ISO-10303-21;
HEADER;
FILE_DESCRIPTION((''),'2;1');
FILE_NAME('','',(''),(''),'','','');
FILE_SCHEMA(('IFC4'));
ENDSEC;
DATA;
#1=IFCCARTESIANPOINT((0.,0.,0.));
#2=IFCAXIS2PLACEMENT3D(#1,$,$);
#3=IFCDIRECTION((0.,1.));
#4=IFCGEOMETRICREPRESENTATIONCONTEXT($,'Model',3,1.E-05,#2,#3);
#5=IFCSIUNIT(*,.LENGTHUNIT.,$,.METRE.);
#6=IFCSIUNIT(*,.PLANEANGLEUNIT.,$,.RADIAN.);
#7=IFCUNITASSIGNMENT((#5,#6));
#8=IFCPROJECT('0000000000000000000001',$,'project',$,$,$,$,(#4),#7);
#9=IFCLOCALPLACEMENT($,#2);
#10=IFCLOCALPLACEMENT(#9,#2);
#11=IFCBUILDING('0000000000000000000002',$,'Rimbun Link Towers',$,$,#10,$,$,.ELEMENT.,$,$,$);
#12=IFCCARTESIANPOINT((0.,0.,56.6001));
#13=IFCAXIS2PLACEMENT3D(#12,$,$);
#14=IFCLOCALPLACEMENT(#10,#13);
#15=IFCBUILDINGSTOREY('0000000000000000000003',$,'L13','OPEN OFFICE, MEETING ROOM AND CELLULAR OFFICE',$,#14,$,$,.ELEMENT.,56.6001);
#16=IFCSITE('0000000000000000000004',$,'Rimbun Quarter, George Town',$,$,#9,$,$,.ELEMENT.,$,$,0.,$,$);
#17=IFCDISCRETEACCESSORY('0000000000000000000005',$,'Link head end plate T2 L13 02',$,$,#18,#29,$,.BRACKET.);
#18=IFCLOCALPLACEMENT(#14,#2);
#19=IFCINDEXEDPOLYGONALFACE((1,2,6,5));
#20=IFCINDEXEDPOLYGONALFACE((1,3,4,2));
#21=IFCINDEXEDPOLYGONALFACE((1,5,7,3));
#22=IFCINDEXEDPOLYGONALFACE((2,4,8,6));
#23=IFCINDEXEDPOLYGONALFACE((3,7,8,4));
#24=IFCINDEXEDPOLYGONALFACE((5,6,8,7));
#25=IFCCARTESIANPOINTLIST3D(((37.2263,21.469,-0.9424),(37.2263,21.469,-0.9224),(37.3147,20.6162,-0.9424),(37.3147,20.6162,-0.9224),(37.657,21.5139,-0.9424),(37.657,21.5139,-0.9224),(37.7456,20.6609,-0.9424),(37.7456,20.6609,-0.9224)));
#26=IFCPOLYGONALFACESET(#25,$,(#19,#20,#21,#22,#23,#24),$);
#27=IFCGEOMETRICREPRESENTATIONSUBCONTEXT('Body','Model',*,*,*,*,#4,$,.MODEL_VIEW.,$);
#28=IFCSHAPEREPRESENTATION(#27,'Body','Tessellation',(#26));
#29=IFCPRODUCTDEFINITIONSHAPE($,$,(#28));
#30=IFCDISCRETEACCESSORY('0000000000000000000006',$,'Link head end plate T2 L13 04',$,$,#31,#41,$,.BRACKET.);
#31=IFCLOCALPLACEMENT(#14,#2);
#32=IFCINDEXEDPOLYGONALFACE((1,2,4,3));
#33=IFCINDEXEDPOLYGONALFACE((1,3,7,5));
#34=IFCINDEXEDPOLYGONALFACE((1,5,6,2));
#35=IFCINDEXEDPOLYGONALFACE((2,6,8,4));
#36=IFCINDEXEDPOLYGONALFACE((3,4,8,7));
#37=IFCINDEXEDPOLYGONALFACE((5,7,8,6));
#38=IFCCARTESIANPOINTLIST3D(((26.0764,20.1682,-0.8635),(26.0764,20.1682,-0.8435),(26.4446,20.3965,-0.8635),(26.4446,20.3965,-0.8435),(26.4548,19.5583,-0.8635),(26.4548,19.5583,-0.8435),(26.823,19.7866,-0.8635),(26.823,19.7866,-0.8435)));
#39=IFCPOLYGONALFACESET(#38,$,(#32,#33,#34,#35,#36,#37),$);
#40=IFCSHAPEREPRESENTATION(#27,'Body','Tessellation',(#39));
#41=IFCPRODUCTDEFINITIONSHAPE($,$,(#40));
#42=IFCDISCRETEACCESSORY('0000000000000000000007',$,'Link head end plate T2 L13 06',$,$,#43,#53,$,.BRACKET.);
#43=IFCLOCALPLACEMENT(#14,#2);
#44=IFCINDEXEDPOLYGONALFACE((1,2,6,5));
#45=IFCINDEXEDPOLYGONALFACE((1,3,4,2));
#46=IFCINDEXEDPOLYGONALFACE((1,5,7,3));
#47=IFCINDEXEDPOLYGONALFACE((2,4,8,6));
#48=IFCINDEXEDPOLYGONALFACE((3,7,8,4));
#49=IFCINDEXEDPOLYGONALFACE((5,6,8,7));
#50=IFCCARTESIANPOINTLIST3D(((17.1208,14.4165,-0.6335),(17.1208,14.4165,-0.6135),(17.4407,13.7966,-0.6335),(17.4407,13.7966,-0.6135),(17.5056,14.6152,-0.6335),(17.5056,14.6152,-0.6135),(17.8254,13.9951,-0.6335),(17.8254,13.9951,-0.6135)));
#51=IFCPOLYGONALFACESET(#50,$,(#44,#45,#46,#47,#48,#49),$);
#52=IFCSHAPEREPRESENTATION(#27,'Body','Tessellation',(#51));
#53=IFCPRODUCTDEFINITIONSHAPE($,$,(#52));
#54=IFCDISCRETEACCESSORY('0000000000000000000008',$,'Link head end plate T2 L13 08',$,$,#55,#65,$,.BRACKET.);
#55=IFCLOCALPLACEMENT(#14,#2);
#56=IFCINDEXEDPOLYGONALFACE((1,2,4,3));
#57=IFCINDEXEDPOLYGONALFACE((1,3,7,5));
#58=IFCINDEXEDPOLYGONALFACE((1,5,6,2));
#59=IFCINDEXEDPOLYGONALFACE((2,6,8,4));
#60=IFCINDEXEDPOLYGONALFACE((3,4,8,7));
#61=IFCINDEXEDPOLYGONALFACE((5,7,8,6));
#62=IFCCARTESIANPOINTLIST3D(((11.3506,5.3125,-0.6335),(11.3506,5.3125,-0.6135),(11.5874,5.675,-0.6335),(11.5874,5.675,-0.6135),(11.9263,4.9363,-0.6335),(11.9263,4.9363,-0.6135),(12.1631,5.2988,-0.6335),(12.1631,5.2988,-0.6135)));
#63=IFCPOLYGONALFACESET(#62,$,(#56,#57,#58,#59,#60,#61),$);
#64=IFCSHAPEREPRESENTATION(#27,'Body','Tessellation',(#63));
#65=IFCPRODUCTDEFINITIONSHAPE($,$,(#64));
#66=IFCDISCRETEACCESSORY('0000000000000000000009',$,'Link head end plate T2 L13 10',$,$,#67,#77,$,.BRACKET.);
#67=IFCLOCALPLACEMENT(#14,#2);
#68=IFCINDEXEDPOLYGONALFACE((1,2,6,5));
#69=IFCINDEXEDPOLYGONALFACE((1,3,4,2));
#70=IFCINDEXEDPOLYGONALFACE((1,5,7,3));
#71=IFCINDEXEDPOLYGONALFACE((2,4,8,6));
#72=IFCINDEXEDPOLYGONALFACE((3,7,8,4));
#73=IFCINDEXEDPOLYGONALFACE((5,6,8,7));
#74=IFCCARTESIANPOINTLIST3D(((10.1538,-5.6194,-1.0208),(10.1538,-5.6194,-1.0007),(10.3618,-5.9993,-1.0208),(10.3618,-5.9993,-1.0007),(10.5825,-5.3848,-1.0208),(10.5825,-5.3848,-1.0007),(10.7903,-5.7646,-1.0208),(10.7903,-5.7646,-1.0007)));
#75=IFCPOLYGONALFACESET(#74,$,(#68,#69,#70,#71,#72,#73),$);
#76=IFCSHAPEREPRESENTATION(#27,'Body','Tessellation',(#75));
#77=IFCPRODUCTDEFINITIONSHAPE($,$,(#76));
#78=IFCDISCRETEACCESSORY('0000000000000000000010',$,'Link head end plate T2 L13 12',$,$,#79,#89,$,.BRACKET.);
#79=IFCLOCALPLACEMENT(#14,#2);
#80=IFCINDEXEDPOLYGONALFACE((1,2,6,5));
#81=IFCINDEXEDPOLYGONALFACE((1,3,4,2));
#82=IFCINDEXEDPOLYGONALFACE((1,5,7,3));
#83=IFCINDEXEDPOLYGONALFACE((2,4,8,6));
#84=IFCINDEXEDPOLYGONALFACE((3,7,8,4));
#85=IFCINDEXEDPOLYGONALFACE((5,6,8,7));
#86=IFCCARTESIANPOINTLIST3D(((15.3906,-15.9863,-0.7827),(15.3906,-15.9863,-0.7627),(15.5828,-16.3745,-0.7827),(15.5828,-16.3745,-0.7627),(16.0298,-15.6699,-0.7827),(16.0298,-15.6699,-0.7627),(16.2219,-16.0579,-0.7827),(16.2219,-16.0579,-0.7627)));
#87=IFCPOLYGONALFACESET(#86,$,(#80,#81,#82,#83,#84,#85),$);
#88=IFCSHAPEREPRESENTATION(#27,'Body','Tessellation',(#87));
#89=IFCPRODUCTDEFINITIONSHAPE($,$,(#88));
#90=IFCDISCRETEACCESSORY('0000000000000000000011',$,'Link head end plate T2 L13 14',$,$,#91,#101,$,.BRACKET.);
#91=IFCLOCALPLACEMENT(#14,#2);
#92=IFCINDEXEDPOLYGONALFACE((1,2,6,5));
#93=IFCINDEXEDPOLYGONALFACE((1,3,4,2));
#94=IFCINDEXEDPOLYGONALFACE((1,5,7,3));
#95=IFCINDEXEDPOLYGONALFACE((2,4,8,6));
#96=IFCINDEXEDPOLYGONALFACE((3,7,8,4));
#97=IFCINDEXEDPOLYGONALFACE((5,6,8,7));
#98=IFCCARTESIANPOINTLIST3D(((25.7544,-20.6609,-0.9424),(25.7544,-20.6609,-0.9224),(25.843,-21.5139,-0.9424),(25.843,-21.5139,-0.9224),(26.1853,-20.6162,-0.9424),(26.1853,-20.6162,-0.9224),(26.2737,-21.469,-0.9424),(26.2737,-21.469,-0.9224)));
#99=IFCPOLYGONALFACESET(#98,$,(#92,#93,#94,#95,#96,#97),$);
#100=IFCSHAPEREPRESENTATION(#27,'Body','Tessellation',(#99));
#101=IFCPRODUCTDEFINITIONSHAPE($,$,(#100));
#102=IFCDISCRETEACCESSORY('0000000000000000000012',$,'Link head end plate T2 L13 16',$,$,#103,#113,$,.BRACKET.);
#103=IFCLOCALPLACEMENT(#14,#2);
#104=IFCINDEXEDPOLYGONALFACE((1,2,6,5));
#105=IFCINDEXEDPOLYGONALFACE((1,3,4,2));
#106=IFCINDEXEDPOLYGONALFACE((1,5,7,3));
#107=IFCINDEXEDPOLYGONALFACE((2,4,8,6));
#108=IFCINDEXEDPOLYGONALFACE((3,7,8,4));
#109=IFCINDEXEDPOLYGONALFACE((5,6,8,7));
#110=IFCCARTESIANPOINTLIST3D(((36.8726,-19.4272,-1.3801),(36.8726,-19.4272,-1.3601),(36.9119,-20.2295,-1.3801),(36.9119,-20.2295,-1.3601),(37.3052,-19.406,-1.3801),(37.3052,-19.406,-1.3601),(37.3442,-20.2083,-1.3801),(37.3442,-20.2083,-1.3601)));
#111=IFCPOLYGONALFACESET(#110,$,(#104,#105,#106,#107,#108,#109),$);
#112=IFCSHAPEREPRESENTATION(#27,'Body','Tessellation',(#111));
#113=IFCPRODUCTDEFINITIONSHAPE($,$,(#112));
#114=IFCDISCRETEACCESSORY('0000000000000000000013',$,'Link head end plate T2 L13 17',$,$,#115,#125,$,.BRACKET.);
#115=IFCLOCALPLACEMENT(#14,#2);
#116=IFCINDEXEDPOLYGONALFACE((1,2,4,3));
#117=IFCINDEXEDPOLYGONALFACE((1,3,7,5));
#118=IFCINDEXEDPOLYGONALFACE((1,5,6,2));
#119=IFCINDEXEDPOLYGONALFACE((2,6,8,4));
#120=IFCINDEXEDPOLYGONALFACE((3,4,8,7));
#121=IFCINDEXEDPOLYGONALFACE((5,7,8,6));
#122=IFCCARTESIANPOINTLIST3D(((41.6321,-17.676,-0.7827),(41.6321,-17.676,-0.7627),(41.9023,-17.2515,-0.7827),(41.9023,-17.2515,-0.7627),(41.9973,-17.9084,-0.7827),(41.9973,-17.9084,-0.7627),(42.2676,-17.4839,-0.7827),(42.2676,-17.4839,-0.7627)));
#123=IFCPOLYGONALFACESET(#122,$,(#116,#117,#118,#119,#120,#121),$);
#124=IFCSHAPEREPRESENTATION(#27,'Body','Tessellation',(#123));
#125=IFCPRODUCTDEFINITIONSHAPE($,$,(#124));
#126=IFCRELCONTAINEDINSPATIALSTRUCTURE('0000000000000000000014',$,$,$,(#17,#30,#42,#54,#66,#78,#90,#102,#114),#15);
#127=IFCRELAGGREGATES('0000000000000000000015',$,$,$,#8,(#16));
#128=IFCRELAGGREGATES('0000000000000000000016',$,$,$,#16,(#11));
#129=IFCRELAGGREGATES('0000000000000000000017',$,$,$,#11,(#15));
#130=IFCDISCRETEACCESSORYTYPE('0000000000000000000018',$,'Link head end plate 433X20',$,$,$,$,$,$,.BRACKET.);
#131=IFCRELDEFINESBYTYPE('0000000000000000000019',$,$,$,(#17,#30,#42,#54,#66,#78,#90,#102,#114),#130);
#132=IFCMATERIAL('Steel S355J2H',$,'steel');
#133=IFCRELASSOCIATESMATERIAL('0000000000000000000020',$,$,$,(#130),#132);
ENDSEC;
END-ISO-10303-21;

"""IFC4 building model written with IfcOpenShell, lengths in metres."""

from ifc_helpers import new_model, si_unit, direction, frame, origin, origin_2d, place, context, subcontext, project, spatial, polyline, rectangle, outline, extrude, material, material_profile, profile_set, type_object, element, save


model = new_model("IFC4")

# Units and contexts
model_context = context("Model", 3, precision=1e-05, world=origin(), true_north=direction((0.0, 1.0)))
body_context = subcontext(model_context, "Body", "Model", "MODEL_VIEW")
ifc_project = project(units=[si_unit("LENGTHUNIT", "METRE"), si_unit("PLANEANGLEUNIT", "RADIAN")], contexts=[model_context])

# Site, building, storey
site_placement = place(None, origin())
site = spatial("IfcSite", under=ifc_project, at=site_placement, Name="Rimbun Quarter, George Town", CompositionType="ELEMENT", RefElevation=0.0)
building_placement = place(site_placement, origin())
building = spatial("IfcBuilding", under=site, at=building_placement, Name="Rimbun Link Towers", CompositionType="ELEMENT")
storey_placement = place(building_placement, frame((0.0, 0.0, 56.6001)))
storey = spatial("IfcBuildingStorey", under=building, at=storey_placement, Name="L13", Description="OPEN OFFICE, MEETING ROOM AND CELLULAR OFFICE", CompositionType="ELEMENT", Elevation=56.6001)

# Discrete accessories
ifc_material_1 = material(Name="Steel S355J2H", Category="steel")
ifc_material_profile_1 = material_profile(ifc_material_1, rectangle(XDim=0.4331, YDim=0.4331, at=origin_2d()), Name="PL 433x433")
ifc_profile_set_1 = profile_set([ifc_material_profile_1], Name="Steel S355J2H")
discrete_accessory_type_1 = type_object("IfcDiscreteAccessoryType", Name="Link head end plate 433X20", PredefinedType="BRACKET", material=ifc_profile_set_1)
discrete_accessory_1_placement = place(storey_placement, frame((0.0, 0.0, -0.9424)))
element("IfcDiscreteAccessory", 1, at=discrete_accessory_1_placement, inside=storey, type_object=discrete_accessory_type_1, Name="Link head end plate T2 L13 02", PredefinedType="BRACKET", context=body_context, shape_type="SweptSolid", body=[
    extrude(outline(polyline([(37.7456, 20.6609), (37.657, 21.5139), (37.2263, 21.469), (37.3147, 20.6162), (37.7456, 20.6609)])), origin(), (0.0, 0.0, 1.0), 0.02),
])
discrete_accessory_2_placement = place(storey_placement, frame((0.0, 0.0, -0.8635)))
element("IfcDiscreteAccessory", 2, at=discrete_accessory_2_placement, inside=storey, type_object=discrete_accessory_type_1, Name="Link head end plate T2 L13 04", PredefinedType="BRACKET", context=body_context, shape_type="SweptSolid", body=[
    extrude(outline(polyline([(26.823, 19.7866), (26.4446, 20.3965), (26.0764, 20.1682), (26.4548, 19.5583), (26.823, 19.7866)])), origin(), (0.0, 0.0, 1.0), 0.02),
])
discrete_accessory_3_placement = place(storey_placement, frame((0.0, 0.0, -0.6335)))
element("IfcDiscreteAccessory", 3, at=discrete_accessory_3_placement, inside=storey, type_object=discrete_accessory_type_1, Name="Link head end plate T2 L13 06", PredefinedType="BRACKET", context=body_context, shape_type="SweptSolid", body=[
    extrude(outline(polyline([(17.8254, 13.9951), (17.5056, 14.6152), (17.1208, 14.4165), (17.4407, 13.7966), (17.8254, 13.9951)])), origin(), (0.0, 0.0, 1.0), 0.02),
])
discrete_accessory_4_placement = place(storey_placement, frame((0.0, 0.0, -0.6335)))
element("IfcDiscreteAccessory", 4, at=discrete_accessory_4_placement, inside=storey, type_object=discrete_accessory_type_1, Name="Link head end plate T2 L13 08", PredefinedType="BRACKET", context=body_context, shape_type="SweptSolid", body=[
    extrude(outline(polyline([(12.1631, 5.2988), (11.5874, 5.675), (11.3506, 5.3125), (11.9263, 4.9363), (12.1631, 5.2988)])), origin(), (0.0, 0.0, 1.0), 0.02),
])
discrete_accessory_5_placement = place(storey_placement, frame((0.0, 0.0, -1.0208)))
element("IfcDiscreteAccessory", 5, at=discrete_accessory_5_placement, inside=storey, type_object=discrete_accessory_type_1, Name="Link head end plate T2 L13 10", PredefinedType="BRACKET", context=body_context, shape_type="SweptSolid", body=[
    extrude(outline(polyline([(10.5825, -5.3848), (10.1538, -5.6194), (10.3618, -5.9993), (10.7903, -5.7646), (10.5825, -5.3848)])), origin(), (0.0, 0.0, 1.0), 0.02),
])
discrete_accessory_6_placement = place(storey_placement, frame((0.0, 0.0, -0.7827)))
element("IfcDiscreteAccessory", 6, at=discrete_accessory_6_placement, inside=storey, type_object=discrete_accessory_type_1, Name="Link head end plate T2 L13 12", PredefinedType="BRACKET", context=body_context, shape_type="SweptSolid", body=[
    extrude(outline(polyline([(16.0298, -15.6699), (15.3906, -15.9863), (15.5828, -16.3745), (16.2219, -16.0579), (16.0298, -15.6699)])), origin(), (0.0, 0.0, 1.0), 0.02),
])
discrete_accessory_7_placement = place(storey_placement, frame((0.0, 0.0, -0.9424)))
element("IfcDiscreteAccessory", 7, at=discrete_accessory_7_placement, inside=storey, type_object=discrete_accessory_type_1, Name="Link head end plate T2 L13 14", PredefinedType="BRACKET", context=body_context, shape_type="SweptSolid", body=[
    extrude(outline(polyline([(25.7544, -20.6609), (25.843, -21.5139), (26.2737, -21.469), (26.1853, -20.6162), (25.7544, -20.6609)])), origin(), (0.0, 0.0, 1.0), 0.02),
])
discrete_accessory_8_placement = place(storey_placement, frame((0.0, 0.0, -1.3801)))
element("IfcDiscreteAccessory", 8, at=discrete_accessory_8_placement, inside=storey, type_object=discrete_accessory_type_1, Name="Link head end plate T2 L13 16", PredefinedType="BRACKET", context=body_context, shape_type="SweptSolid", body=[
    extrude(outline(polyline([(36.8726, -19.4272), (36.9119, -20.2295), (37.3442, -20.2083), (37.3052, -19.406), (36.8726, -19.4272)])), origin(), (0.0, 0.0, 1.0), 0.02),
])
discrete_accessory_9_placement = place(storey_placement, frame((0.0, 0.0, -0.7827)))
element("IfcDiscreteAccessory", 9, at=discrete_accessory_9_placement, inside=storey, type_object=discrete_accessory_type_1, Name="Link head end plate T2 L13 17", PredefinedType="BRACKET", context=body_context, shape_type="SweptSolid", body=[
    extrude(outline(polyline([(41.9023, -17.2515), (41.6321, -17.676), (41.9973, -17.9084), (42.2676, -17.4839), (41.9023, -17.2515)])), origin(), (0.0, 0.0, 1.0), 0.02),
])

save(model, "model.ifc")
